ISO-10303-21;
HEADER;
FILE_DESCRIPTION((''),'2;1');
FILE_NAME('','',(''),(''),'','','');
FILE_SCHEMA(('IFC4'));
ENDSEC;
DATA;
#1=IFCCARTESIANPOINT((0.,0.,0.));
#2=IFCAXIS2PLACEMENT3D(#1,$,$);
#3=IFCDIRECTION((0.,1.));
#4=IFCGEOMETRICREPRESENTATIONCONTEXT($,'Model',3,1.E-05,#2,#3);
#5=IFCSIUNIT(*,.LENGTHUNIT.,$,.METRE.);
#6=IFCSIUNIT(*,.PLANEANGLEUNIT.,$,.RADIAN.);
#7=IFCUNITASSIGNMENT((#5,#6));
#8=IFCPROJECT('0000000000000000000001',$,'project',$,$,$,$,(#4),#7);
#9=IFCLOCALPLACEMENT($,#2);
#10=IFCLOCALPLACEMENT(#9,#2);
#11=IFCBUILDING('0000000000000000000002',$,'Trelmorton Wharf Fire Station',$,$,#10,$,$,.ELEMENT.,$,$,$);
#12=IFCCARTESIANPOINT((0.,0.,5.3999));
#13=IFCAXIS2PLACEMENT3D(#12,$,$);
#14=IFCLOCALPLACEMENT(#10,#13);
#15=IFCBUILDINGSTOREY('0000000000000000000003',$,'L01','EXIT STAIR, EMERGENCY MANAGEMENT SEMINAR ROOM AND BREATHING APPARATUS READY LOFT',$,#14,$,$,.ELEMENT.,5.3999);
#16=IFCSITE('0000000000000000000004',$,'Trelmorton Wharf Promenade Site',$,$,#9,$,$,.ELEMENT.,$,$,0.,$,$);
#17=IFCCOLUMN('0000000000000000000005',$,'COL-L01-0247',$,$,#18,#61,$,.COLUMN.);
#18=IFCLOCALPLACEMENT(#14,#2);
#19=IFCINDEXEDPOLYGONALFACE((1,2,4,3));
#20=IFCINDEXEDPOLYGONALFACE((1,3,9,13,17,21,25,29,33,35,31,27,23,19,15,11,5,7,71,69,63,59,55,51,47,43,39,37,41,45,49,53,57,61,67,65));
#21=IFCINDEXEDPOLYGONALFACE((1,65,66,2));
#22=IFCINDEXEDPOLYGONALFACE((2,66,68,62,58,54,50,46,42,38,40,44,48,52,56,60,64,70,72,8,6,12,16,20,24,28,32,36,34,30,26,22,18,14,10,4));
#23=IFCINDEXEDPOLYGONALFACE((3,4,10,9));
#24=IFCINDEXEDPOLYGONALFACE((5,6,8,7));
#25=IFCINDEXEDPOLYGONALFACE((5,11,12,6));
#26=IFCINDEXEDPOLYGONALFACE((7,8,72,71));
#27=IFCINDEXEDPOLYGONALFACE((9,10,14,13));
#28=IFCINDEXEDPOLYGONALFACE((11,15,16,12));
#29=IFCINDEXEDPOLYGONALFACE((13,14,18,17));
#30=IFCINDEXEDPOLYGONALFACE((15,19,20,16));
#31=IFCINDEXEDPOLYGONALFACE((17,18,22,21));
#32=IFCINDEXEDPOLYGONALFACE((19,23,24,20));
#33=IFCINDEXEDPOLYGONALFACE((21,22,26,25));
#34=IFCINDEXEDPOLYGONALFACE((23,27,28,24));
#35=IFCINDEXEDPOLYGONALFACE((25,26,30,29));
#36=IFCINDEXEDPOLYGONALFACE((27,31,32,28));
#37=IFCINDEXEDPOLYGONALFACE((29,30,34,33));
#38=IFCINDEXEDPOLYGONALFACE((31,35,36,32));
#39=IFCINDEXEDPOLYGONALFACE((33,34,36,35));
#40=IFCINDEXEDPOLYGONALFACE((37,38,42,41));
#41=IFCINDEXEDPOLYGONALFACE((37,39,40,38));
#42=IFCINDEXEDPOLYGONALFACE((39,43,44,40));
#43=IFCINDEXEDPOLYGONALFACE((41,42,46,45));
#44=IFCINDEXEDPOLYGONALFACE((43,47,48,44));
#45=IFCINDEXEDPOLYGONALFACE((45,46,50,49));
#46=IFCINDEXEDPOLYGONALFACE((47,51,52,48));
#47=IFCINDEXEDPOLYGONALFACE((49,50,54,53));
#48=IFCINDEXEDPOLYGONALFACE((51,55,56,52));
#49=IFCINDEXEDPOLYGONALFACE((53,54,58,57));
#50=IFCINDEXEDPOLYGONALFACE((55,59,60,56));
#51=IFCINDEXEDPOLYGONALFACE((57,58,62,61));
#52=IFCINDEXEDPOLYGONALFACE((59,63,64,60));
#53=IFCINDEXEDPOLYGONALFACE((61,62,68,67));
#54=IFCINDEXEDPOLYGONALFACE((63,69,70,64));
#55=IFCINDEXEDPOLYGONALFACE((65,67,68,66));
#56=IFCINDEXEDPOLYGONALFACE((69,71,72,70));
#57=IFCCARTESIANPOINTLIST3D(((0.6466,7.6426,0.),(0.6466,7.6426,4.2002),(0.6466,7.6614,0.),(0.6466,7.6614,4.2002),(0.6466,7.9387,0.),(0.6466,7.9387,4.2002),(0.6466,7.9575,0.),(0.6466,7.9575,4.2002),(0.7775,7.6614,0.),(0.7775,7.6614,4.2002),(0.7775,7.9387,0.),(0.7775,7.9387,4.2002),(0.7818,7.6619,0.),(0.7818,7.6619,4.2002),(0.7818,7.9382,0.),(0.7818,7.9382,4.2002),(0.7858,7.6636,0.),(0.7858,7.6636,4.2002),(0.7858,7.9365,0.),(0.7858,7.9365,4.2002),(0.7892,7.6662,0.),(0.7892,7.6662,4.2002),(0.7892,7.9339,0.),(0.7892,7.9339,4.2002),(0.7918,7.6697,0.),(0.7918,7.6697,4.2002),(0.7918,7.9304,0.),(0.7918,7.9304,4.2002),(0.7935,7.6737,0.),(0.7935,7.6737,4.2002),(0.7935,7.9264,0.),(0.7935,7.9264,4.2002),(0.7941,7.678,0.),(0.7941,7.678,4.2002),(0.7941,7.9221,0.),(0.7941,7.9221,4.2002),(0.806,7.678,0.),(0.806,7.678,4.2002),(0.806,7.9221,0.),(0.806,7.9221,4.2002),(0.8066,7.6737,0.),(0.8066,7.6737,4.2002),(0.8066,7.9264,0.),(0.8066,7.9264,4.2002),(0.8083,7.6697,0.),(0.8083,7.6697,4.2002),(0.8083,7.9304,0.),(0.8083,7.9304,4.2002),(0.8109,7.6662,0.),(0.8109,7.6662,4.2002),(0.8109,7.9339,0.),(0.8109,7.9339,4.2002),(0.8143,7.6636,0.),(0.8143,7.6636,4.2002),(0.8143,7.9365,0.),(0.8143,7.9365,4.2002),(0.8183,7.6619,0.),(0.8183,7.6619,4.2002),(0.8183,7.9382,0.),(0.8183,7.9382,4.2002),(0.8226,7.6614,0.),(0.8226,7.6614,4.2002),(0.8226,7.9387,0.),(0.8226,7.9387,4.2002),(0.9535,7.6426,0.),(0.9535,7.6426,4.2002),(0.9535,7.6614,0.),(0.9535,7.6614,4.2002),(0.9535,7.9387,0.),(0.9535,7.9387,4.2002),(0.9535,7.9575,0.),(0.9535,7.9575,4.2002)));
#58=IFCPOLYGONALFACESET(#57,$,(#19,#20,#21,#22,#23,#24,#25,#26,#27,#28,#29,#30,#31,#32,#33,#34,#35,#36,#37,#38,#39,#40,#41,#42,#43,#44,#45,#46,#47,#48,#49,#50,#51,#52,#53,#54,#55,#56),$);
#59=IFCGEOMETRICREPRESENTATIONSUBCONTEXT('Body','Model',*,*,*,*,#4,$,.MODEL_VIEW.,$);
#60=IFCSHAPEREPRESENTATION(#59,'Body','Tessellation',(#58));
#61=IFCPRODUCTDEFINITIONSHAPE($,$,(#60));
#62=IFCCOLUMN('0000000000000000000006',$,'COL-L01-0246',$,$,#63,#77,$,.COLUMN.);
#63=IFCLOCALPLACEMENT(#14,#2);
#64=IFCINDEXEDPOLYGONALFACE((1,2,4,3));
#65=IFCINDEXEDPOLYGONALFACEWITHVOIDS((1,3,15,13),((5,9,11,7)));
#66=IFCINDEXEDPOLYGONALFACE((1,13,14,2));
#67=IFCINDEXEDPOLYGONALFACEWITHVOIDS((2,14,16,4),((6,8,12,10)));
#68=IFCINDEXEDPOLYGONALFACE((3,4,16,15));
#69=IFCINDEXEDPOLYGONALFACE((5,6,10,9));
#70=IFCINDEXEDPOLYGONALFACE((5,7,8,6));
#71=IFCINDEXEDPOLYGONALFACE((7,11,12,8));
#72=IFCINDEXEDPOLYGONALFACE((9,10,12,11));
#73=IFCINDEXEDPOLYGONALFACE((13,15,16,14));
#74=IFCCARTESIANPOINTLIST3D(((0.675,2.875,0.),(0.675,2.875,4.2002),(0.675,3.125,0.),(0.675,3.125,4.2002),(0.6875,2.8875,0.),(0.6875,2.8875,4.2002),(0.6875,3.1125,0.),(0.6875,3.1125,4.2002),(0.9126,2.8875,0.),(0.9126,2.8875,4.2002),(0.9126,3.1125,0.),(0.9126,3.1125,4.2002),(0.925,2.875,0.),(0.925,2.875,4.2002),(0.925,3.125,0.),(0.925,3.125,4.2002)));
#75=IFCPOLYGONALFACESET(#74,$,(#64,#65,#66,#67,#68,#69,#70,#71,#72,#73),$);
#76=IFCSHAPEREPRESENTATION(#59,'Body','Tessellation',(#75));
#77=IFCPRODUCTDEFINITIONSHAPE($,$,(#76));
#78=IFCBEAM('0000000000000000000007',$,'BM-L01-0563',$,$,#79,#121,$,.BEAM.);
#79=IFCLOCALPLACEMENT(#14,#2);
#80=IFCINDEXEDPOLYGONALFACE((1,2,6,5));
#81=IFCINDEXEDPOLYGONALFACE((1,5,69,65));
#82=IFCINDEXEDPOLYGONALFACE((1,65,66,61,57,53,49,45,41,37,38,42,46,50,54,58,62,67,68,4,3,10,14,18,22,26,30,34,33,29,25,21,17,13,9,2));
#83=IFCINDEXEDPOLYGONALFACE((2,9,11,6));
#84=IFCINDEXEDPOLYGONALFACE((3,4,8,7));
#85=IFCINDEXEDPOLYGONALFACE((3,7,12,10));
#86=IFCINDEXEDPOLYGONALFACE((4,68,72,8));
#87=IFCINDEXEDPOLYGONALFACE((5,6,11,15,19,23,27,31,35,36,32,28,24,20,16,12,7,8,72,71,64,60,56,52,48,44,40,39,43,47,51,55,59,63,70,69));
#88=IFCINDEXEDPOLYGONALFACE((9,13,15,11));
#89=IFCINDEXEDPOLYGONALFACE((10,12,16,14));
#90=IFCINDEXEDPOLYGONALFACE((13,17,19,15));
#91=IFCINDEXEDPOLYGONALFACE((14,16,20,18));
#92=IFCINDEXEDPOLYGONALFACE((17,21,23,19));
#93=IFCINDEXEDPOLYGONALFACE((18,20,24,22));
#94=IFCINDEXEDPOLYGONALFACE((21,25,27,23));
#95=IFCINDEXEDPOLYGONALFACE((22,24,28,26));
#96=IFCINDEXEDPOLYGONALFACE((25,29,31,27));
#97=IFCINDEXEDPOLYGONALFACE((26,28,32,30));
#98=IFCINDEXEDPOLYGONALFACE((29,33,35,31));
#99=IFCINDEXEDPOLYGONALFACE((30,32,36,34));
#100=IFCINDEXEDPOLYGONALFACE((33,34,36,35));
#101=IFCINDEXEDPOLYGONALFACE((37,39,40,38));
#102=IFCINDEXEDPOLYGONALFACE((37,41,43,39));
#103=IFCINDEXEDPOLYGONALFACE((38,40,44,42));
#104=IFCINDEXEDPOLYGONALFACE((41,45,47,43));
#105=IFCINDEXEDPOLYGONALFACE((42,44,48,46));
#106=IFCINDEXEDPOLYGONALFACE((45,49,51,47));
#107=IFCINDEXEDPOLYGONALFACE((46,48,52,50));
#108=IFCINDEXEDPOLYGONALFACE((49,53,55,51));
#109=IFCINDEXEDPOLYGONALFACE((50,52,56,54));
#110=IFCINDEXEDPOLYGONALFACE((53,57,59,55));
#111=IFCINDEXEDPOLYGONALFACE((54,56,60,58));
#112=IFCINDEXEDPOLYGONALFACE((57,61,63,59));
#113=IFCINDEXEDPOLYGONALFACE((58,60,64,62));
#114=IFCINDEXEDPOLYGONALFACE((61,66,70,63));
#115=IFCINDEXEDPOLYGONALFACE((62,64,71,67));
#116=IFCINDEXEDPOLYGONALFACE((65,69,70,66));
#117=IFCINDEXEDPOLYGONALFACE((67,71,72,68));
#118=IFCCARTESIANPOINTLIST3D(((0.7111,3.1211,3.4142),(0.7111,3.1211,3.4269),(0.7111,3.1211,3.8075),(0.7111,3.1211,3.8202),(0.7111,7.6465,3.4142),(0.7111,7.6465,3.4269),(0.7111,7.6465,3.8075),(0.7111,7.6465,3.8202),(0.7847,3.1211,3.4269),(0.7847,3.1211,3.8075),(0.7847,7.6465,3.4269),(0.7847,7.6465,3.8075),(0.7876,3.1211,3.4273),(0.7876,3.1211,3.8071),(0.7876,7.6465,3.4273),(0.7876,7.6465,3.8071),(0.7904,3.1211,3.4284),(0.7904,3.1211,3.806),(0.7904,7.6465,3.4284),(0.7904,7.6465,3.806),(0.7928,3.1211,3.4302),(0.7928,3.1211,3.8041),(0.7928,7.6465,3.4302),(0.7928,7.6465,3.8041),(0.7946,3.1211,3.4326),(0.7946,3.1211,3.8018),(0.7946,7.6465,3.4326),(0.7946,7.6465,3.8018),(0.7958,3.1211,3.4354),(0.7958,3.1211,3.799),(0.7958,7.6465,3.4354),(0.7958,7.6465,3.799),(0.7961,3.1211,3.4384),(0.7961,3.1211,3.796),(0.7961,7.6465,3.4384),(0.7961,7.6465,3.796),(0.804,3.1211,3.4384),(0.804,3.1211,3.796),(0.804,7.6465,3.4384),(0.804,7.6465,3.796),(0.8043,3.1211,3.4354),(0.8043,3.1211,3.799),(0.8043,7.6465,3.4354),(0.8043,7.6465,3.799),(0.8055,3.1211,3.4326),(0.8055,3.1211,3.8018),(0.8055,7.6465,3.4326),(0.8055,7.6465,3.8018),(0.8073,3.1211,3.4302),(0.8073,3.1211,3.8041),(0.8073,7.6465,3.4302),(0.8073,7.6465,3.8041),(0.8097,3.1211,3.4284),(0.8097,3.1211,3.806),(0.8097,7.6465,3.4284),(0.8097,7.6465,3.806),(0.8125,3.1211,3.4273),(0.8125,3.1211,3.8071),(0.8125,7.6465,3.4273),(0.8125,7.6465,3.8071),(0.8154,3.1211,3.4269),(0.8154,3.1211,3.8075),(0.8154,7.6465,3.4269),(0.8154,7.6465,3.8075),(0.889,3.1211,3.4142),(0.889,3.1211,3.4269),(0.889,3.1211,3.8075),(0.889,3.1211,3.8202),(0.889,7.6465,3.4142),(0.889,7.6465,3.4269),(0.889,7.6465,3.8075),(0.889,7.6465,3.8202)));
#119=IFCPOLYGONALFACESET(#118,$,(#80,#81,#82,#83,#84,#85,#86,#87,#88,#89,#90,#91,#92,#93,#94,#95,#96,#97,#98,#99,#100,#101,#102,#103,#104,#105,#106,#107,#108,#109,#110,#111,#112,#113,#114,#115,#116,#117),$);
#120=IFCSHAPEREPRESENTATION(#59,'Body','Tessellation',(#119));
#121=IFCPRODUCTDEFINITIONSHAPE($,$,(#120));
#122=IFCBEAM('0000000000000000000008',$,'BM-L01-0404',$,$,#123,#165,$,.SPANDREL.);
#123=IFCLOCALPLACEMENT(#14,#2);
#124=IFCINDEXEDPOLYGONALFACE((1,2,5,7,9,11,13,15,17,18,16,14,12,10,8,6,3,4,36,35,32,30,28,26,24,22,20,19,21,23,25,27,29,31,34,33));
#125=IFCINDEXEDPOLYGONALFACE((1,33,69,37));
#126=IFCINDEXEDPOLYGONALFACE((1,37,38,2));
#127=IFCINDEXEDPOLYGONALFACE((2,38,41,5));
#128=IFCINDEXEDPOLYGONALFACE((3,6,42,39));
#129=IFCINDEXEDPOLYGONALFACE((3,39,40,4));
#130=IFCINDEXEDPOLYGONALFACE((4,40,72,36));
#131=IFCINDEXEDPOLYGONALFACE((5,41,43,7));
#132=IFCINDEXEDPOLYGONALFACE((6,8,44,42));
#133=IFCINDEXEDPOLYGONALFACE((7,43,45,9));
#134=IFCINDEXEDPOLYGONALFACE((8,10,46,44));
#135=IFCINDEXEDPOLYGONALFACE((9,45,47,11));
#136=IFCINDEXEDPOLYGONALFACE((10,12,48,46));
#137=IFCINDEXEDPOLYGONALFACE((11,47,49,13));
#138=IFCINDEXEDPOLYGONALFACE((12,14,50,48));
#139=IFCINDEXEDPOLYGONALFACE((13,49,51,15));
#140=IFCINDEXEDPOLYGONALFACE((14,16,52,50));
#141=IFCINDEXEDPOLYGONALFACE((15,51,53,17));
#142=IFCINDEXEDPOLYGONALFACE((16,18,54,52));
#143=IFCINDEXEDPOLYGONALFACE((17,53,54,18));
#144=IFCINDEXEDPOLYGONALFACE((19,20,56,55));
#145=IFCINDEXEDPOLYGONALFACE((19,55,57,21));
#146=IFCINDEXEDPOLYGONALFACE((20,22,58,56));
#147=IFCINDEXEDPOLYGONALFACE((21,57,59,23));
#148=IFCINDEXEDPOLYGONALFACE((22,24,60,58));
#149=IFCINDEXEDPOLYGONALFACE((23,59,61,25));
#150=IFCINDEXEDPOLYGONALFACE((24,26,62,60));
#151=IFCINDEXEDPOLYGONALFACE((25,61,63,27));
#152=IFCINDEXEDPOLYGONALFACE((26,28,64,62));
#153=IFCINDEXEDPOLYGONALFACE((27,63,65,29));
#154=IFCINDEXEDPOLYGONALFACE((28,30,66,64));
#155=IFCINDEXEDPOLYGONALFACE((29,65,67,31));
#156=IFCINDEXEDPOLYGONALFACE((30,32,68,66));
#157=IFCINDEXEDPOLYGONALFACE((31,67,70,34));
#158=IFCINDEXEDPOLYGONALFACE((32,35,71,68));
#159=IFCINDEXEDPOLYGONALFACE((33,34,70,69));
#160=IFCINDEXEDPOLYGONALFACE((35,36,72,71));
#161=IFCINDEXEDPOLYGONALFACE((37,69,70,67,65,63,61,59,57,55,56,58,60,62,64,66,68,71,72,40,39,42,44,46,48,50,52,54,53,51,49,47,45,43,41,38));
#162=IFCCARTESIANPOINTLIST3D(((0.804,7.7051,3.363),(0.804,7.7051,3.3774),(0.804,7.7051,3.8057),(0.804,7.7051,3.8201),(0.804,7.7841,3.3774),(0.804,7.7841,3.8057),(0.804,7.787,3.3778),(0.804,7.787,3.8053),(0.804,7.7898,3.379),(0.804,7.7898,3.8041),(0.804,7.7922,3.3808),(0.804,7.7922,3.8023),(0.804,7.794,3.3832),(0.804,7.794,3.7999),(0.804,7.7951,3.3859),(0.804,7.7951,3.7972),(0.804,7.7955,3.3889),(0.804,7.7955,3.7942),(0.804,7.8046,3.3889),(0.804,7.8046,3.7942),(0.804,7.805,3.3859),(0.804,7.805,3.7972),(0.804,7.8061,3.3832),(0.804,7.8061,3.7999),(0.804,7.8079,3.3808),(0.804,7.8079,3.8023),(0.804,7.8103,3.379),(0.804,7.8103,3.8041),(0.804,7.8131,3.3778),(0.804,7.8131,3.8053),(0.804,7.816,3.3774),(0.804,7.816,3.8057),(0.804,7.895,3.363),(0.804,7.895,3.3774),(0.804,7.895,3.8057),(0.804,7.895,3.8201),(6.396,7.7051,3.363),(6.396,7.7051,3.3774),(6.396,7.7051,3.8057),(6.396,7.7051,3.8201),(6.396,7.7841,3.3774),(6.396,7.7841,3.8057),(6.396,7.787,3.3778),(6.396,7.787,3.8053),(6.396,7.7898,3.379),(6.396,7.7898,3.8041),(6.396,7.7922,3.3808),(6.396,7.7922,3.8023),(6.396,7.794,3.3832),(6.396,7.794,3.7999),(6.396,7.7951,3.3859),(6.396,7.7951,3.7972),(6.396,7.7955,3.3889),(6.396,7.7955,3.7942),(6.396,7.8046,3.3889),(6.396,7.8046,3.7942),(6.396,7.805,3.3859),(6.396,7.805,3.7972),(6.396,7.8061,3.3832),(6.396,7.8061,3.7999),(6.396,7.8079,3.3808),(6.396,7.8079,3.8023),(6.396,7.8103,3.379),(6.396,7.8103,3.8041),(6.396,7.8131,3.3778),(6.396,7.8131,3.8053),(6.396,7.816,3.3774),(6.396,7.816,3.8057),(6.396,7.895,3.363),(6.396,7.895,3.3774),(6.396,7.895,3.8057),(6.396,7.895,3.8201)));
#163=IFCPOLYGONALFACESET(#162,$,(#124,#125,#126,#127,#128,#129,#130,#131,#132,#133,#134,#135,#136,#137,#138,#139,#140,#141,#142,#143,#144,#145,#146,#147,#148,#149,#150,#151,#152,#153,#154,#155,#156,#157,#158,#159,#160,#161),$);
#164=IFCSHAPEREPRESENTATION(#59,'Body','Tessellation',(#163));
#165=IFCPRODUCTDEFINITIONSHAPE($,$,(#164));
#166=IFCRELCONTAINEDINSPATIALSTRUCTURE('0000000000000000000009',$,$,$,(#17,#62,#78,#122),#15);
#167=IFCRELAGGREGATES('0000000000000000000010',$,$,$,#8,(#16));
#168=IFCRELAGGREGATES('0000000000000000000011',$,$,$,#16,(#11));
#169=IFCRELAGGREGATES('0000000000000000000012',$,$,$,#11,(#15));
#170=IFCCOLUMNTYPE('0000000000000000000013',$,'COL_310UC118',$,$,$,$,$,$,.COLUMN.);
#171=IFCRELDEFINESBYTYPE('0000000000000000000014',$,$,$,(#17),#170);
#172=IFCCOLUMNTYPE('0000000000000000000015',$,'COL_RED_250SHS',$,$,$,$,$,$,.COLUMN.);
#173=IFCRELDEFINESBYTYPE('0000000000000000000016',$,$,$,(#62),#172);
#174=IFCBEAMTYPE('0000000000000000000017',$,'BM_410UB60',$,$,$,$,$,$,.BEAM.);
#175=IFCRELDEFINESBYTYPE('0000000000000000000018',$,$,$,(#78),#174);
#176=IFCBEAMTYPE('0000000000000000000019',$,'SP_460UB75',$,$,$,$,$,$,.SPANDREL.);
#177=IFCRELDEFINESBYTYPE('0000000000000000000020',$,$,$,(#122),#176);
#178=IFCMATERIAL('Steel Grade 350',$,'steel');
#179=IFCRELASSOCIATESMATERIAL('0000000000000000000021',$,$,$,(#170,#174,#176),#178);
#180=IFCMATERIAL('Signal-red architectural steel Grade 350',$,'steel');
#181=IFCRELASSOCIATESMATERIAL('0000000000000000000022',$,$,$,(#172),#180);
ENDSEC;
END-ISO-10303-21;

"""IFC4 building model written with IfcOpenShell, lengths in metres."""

from ifc_helpers import new_model, si_unit, direction, frame, origin, origin_2d, place, context, subcontext, project, spatial, hollow_rectangle, i_section, extrude, material, material_profile, profile_set, type_object, element, save


model = new_model("IFC4")

# Units and contexts
model_context = context("Model", 3, precision=1e-05, world=origin(), true_north=direction((0.0, 1.0)))
body_context = subcontext(model_context, "Body", "Model", "MODEL_VIEW")
ifc_project = project(units=[si_unit("LENGTHUNIT", "METRE"), si_unit("PLANEANGLEUNIT", "RADIAN")], contexts=[model_context])

# Site, building, storey
site_placement = place(None, origin())
site = spatial("IfcSite", under=ifc_project, at=site_placement, Name="Trelmorton Wharf Promenade Site", CompositionType="ELEMENT", RefElevation=0.0)
building_placement = place(site_placement, origin())
building = spatial("IfcBuilding", under=site, at=building_placement, Name="Trelmorton Wharf Fire Station", CompositionType="ELEMENT")
storey_placement = place(building_placement, frame((0.0, 0.0, 5.3999)))
storey = spatial("IfcBuildingStorey", under=building, at=storey_placement, Name="L01", Description="EXIT STAIR, EMERGENCY MANAGEMENT SEMINAR ROOM AND BREATHING APPARATUS READY LOFT", CompositionType="ELEMENT", Elevation=5.3999)

# Columns
ifc_material_1 = material(Name="Steel Grade 350", Category="steel")
ifc_material_profile_1 = material_profile(ifc_material_1, i_section(OverallWidth=0.3069, OverallDepth=0.3149, WebThickness=0.012, FlangeThickness=0.0188, FilletRadius=0.0166, at=origin_2d()), Name="310UC118")
ifc_profile_set_1 = profile_set([ifc_material_profile_1], Name="Steel Grade 350")
column_type_1 = type_object("IfcColumnType", Name="COL_310UC118", PredefinedType="COLUMN", material=ifc_profile_set_1)
column_1_placement = place(storey_placement, frame((0.8, 7.8, 0.0), z_axis=(0.0, 0.0, 1.0), x_axis=(1.0, 0.0, 0.0)))
element("IfcColumn", 1, at=column_1_placement, inside=storey, type_object=column_type_1, Name="COL-L01-0247", PredefinedType="COLUMN", context=body_context, shape_type="SweptSolid", body=[
    extrude(i_section(OverallWidth=0.3069, OverallDepth=0.3149, WebThickness=0.012, FlangeThickness=0.0188, FilletRadius=0.0166, at=origin_2d()), origin(), (0.0, 0.0, 1.0), 4.2002),
])
ifc_material_2 = material(Name="Signal-red architectural steel Grade 350", Category="steel")
ifc_material_profile_2 = material_profile(ifc_material_2, hollow_rectangle(XDim=0.25, YDim=0.25, WallThickness=0.0125, at=origin_2d()), Name="250x250x12.5SHS")
ifc_profile_set_2 = profile_set([ifc_material_profile_2], Name="Signal-red architectural steel Grade 350")
column_type_2 = type_object("IfcColumnType", Name="COL_RED_250SHS", PredefinedType="COLUMN", material=ifc_profile_set_2)
column_2_placement = place(storey_placement, frame((0.8, 3.0, 0.0), z_axis=(0.0, 0.0, 1.0), x_axis=(1.0, 0.0, 0.0)))
element("IfcColumn", 2, at=column_2_placement, inside=storey, type_object=column_type_2, Name="COL-L01-0246", PredefinedType="COLUMN", context=body_context, shape_type="SweptSolid", body=[
    extrude(hollow_rectangle(XDim=0.25, YDim=0.25, WallThickness=0.0125, at=origin_2d()), origin(), (0.0, 0.0, 1.0), 4.2002),
])

# Beams
ifc_material_profile_3 = material_profile(ifc_material_1, i_section(OverallWidth=0.178, OverallDepth=0.406, WebThickness=0.0078, FlangeThickness=0.0127, FilletRadius=0.0115, at=origin_2d()), Name="410UB59.7")
ifc_profile_set_3 = profile_set([ifc_material_profile_3], Name="Steel Grade 350")
beam_type_1 = type_object("IfcBeamType", Name="BM_410UB60", PredefinedType="BEAM", material=ifc_profile_set_3)
beam_1_placement = place(storey_placement, frame((0.8, 3.1211, 3.6172), z_axis=(0.0, 1.0, 0.0), x_axis=(-1.0, 0.0, 0.0)))
element("IfcBeam", 3, at=beam_1_placement, inside=storey, type_object=beam_type_1, Name="BM-L01-0563", PredefinedType="BEAM", context=body_context, shape_type="SweptSolid", body=[
    extrude(i_section(OverallWidth=0.178, OverallDepth=0.406, WebThickness=0.0078, FlangeThickness=0.0127, FilletRadius=0.0115, at=origin_2d()), origin(), (0.0, 0.0, 1.0), 4.5254),
])
ifc_material_profile_4 = material_profile(ifc_material_1, i_section(OverallWidth=0.1899, OverallDepth=0.457, WebThickness=0.009, FlangeThickness=0.0144, FilletRadius=0.0115, at=origin_2d()), Name="460UB74.6")
ifc_profile_set_4 = profile_set([ifc_material_profile_4], Name="Steel Grade 350")
beam_type_2 = type_object("IfcBeamType", Name="SP_460UB75", PredefinedType="SPANDREL", material=ifc_profile_set_4)
beam_2_placement = place(storey_placement, frame((0.804, 7.8, 3.5916), z_axis=(1.0, 0.0, 0.0), x_axis=(0.0, 1.0, 0.0)))
element("IfcBeam", 4, at=beam_2_placement, inside=storey, type_object=beam_type_2, Name="BM-L01-0404", PredefinedType="SPANDREL", context=body_context, shape_type="SweptSolid", body=[
    extrude(i_section(OverallWidth=0.1899, OverallDepth=0.457, WebThickness=0.009, FlangeThickness=0.0144, FilletRadius=0.0115, at=origin_2d()), origin(), (0.0, 0.0, 1.0), 5.592),
])

save(model, "model.ifc")
